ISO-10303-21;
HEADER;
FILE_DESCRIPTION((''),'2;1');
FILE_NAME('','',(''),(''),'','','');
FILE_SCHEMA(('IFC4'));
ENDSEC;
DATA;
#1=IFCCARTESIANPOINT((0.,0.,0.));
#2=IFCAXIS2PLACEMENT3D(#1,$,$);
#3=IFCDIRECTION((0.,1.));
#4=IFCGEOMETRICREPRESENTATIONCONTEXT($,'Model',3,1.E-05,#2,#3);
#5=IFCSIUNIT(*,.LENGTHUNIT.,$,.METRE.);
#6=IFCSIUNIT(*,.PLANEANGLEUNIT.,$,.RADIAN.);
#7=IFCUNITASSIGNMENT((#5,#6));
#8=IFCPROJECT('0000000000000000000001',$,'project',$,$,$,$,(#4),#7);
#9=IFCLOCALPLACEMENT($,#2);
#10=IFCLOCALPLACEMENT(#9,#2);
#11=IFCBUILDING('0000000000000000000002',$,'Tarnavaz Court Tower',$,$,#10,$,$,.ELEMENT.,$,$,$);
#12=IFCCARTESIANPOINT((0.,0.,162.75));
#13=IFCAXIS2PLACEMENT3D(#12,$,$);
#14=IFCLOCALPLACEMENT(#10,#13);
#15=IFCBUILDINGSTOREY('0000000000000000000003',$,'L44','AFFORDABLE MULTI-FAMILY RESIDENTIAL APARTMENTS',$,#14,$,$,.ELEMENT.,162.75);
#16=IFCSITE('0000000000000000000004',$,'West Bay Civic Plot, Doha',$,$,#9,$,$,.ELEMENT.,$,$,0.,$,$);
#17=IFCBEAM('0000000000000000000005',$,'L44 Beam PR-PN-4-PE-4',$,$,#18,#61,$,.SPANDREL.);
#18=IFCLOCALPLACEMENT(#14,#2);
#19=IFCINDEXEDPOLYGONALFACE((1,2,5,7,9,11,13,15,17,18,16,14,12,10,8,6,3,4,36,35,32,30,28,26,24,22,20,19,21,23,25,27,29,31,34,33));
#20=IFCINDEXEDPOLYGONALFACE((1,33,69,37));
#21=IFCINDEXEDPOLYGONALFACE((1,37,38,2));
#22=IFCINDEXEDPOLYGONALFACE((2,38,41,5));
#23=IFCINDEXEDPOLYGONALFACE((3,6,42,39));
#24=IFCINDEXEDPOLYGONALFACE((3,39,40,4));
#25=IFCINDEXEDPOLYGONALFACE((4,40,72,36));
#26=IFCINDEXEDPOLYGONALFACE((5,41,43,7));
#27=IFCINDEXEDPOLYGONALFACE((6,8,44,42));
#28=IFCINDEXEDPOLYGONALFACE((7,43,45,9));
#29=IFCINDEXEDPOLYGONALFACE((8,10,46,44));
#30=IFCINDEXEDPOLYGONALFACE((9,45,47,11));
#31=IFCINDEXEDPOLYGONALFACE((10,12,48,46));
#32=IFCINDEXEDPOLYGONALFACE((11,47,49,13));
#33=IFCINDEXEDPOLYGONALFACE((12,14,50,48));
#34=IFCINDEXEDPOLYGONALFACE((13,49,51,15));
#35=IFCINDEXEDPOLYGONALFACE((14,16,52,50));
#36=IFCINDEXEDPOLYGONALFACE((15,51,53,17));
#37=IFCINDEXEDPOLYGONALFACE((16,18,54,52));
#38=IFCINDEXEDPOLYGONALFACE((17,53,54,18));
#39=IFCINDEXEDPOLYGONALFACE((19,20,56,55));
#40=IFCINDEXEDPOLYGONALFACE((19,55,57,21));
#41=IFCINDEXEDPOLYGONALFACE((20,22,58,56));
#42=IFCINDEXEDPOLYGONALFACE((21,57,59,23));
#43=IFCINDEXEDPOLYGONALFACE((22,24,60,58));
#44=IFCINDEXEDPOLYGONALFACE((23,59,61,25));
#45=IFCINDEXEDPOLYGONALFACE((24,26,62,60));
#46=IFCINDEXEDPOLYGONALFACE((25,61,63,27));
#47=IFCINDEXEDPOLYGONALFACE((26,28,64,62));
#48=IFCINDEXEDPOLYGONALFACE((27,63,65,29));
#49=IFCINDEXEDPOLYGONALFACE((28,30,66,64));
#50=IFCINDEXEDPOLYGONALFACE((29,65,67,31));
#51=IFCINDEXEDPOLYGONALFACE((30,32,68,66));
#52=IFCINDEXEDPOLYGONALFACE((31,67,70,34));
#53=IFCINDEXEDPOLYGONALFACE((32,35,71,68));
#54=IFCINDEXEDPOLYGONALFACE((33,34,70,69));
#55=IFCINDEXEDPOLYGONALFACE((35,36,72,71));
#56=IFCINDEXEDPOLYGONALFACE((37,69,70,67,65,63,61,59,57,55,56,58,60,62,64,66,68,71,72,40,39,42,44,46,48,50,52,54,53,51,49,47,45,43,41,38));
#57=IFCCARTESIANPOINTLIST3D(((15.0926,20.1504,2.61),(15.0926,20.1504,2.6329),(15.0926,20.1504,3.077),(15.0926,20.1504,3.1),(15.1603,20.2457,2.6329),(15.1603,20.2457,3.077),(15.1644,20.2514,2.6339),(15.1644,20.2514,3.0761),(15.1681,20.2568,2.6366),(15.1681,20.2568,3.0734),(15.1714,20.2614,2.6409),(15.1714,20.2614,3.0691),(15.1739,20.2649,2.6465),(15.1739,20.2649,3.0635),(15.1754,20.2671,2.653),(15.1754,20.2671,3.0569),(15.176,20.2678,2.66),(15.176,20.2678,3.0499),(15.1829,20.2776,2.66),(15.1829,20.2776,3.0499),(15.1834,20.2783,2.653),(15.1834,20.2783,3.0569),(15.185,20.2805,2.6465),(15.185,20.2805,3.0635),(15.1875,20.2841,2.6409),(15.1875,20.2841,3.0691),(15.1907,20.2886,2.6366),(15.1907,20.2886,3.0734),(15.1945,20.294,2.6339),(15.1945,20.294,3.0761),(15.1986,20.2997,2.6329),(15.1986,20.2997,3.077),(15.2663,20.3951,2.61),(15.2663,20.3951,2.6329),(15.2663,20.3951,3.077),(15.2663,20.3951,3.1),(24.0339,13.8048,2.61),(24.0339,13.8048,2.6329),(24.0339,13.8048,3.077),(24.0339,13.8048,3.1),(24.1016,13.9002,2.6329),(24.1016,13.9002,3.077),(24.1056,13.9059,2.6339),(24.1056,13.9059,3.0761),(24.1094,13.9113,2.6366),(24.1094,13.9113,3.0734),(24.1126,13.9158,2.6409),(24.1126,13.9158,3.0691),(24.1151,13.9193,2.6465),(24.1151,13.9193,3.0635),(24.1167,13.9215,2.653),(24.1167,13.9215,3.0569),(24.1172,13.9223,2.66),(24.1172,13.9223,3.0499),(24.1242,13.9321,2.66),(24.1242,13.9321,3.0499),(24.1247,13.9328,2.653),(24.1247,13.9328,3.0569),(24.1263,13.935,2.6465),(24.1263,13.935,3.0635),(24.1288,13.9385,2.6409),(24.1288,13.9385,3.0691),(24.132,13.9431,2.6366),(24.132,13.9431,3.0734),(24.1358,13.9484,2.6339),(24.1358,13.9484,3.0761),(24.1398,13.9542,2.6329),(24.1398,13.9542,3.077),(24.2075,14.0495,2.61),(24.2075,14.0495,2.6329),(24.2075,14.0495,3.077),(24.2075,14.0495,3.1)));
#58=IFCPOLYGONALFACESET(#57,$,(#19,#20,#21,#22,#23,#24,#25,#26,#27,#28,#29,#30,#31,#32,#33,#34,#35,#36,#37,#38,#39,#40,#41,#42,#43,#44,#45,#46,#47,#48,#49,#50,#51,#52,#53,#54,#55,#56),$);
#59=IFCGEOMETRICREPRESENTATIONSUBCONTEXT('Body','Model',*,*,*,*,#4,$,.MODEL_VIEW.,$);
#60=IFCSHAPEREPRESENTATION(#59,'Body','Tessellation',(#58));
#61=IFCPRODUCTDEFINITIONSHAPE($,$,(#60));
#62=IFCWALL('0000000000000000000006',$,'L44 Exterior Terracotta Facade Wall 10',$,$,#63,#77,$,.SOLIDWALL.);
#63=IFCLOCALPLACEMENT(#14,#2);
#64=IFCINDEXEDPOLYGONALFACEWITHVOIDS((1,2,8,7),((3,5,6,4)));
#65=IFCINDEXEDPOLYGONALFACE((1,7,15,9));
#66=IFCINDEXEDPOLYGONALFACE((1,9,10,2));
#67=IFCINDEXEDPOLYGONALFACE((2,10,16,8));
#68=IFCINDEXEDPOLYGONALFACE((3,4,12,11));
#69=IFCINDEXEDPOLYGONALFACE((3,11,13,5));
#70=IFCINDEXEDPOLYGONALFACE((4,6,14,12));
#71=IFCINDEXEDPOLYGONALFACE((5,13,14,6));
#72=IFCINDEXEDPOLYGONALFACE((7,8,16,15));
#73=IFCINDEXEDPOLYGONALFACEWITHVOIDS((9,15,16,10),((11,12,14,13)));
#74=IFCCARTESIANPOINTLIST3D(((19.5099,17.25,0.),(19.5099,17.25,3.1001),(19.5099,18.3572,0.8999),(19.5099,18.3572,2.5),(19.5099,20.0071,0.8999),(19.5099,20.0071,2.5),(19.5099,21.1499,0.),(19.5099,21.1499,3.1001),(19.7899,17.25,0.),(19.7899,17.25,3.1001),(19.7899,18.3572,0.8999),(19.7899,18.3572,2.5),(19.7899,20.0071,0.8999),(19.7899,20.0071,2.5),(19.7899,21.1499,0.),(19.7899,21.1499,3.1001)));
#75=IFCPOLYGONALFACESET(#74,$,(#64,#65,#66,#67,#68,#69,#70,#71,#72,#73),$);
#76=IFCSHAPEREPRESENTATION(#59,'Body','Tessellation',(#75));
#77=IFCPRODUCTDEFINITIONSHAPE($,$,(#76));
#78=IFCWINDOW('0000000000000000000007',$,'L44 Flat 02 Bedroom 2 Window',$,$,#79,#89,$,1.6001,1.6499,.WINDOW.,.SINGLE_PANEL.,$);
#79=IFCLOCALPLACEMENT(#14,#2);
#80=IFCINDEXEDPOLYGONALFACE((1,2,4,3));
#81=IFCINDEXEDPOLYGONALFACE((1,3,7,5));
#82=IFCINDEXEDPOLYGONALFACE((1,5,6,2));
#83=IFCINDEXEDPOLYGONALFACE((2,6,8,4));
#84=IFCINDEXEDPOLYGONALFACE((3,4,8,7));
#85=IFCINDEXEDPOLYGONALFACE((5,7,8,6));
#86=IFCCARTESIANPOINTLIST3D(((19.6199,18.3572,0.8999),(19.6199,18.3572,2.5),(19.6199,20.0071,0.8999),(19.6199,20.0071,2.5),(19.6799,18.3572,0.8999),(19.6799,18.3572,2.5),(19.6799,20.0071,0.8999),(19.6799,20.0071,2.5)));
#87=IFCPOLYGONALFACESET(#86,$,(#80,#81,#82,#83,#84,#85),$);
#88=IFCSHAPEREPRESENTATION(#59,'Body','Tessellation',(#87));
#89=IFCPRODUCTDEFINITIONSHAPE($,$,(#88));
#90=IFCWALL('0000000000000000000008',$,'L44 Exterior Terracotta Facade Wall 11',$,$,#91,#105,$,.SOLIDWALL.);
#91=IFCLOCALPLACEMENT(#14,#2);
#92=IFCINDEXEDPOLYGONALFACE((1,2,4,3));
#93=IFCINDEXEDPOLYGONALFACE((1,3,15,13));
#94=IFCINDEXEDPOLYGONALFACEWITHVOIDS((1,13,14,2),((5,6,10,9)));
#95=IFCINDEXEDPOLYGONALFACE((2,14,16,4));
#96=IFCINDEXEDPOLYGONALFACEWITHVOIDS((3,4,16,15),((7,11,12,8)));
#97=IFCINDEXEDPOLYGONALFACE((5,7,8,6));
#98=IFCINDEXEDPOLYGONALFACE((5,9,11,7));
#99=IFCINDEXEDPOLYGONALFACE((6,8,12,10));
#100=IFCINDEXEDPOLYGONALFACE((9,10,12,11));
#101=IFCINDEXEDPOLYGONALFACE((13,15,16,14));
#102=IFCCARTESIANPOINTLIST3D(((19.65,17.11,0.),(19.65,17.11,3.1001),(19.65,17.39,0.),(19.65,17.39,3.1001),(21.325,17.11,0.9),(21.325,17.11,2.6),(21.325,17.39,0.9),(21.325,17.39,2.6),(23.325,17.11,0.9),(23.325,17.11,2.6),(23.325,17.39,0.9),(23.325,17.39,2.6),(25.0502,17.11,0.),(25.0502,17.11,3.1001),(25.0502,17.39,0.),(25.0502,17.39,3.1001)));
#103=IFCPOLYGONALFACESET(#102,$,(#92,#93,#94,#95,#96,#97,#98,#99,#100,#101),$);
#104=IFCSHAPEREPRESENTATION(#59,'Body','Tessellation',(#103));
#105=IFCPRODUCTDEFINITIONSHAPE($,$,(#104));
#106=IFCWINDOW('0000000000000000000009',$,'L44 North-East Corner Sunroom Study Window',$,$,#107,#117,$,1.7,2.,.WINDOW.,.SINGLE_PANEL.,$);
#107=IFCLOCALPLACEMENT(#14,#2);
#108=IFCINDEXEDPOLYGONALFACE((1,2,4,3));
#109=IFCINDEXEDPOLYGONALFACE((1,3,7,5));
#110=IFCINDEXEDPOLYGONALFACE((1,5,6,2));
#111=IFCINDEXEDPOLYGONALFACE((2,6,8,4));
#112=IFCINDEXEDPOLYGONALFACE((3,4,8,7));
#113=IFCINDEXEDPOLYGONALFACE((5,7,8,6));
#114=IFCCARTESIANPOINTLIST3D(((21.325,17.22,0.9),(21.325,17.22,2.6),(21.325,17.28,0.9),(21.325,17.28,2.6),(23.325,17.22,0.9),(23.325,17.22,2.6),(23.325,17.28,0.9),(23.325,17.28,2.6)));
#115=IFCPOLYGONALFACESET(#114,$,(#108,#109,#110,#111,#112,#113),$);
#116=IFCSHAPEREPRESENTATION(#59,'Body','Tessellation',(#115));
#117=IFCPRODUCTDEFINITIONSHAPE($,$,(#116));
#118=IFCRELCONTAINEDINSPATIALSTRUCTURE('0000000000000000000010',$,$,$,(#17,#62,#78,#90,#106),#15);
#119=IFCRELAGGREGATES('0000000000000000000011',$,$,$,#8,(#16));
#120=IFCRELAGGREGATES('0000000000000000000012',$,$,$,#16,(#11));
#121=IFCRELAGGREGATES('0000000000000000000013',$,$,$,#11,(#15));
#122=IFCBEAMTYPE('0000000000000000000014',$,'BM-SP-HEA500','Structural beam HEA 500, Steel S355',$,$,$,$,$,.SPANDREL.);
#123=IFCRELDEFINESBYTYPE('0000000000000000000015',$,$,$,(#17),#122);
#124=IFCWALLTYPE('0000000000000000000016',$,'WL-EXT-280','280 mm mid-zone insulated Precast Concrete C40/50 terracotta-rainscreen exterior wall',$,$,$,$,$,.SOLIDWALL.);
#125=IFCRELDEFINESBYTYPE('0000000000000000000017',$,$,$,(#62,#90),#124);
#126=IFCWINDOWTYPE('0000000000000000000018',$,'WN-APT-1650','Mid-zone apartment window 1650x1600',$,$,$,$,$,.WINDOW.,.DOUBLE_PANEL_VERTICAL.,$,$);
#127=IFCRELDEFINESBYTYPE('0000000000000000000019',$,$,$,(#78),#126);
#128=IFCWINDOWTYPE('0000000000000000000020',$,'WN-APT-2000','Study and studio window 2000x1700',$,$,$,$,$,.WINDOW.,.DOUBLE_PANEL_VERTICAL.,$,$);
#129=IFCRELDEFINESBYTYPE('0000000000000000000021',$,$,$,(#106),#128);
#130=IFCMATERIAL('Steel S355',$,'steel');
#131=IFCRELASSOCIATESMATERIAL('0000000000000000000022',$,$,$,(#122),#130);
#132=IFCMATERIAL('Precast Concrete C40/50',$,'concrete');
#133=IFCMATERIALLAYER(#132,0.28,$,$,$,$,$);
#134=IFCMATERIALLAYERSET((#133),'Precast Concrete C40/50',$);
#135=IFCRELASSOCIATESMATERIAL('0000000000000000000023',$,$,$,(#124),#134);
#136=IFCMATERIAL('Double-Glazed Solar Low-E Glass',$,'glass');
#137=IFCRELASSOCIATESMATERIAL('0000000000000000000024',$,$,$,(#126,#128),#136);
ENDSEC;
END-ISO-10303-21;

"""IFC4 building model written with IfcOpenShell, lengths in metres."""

from ifc_helpers import new_model, si_unit, direction, frame, frame_2d, origin, origin_2d, place, context, subcontext, project, spatial, rectangle, i_section, extrude, material, layer, layer_set, material_profile, profile_set, type_object, element, fill, save


model = new_model("IFC4")

# Units and contexts
model_context = context("Model", 3, precision=1e-05, world=origin(), true_north=direction((0.0, 1.0)))
body_context = subcontext(model_context, "Body", "Model", "MODEL_VIEW")
ifc_project = project(units=[si_unit("LENGTHUNIT", "METRE"), si_unit("PLANEANGLEUNIT", "RADIAN")], contexts=[model_context])

# Site, building, storey
site_placement = place(None, origin())
site = spatial("IfcSite", under=ifc_project, at=site_placement, Name="West Bay Civic Plot, Doha", CompositionType="ELEMENT", RefElevation=0.0)
building_placement = place(site_placement, origin())
building = spatial("IfcBuilding", under=site, at=building_placement, Name="Tarnavaz Court Tower", CompositionType="ELEMENT")
storey_placement = place(building_placement, frame((0.0, 0.0, 162.75)))
storey = spatial("IfcBuildingStorey", under=building, at=storey_placement, Name="L44", Description="AFFORDABLE MULTI-FAMILY RESIDENTIAL APARTMENTS", CompositionType="ELEMENT", Elevation=162.75)

# Beam
ifc_material_1 = material(Name="Steel S355", Category="steel")
ifc_material_profile_1 = material_profile(ifc_material_1, i_section(OverallWidth=0.3, OverallDepth=0.49, WebThickness=0.012, FlangeThickness=0.0229, FilletRadius=0.0271, at=origin_2d()), Name="HEA 500")
ifc_profile_set_1 = profile_set([ifc_material_profile_1], Name="Steel S355")
beam_type_1 = type_object("IfcBeamType", Name="BM-SP-HEA500", Description="Structural beam HEA 500, Steel S355", PredefinedType="SPANDREL", material=ifc_profile_set_1)
beam_1_placement = place(storey_placement, frame((15.1794, 20.2727, 2.855), z_axis=(0.815502, -0.578754, 0.0), x_axis=(0.578754, 0.815502, 0.0)))
element("IfcBeam", 1, at=beam_1_placement, inside=storey, type_object=beam_type_1, Name="L44 Beam PR-PN-4-PE-4", PredefinedType="SPANDREL", context=body_context, shape_type="SweptSolid", body=[
    extrude(i_section(OverallWidth=0.3, OverallDepth=0.49, WebThickness=0.012, FlangeThickness=0.0229, FilletRadius=0.0271, at=origin_2d()), origin(), (0.0, 0.0, 1.0), 10.9641),
])

# Walls, openings, windows
ifc_material_2 = material(Name="Precast Concrete C40/50", Category="concrete")
ifc_layer_1 = layer(ifc_material_2, 0.28)
ifc_layer_set_1 = layer_set([ifc_layer_1], Name="Precast Concrete C40/50")
wall_type_1 = type_object("IfcWallType", Name="WL-EXT-280", Description="280 mm mid-zone insulated Precast Concrete C40/50 terracotta-rainscreen exterior wall", PredefinedType="SOLIDWALL", material=ifc_layer_set_1)
wall_1_placement = place(storey_placement, frame((19.6499, 21.1499, 0.0), z_axis=(0.0, 0.0, 1.0), x_axis=(0.0, -1.0, 0.0)))
wall_1 = element("IfcWall", 2, at=wall_1_placement, inside=storey, type_object=wall_type_1, Name="L44 Exterior Terracotta Facade Wall 10", PredefinedType="SOLIDWALL", context=body_context, shape_type="SweptSolid", body=[
    extrude(rectangle(XDim=3.8999, YDim=0.28, at=frame_2d((1.95, 0.0))), origin(), (0.0, 0.0, 1.0), 3.1001),
])
opening_1_placement = place(wall_1_placement, frame((1.1428, 0.0, 0.8999)))
opening_1 = element("IfcOpeningElement", 3, at=opening_1_placement, cuts=wall_1, PredefinedType="OPENING", context=body_context, shape_type="SweptSolid", body=[
    extrude(rectangle(XDim=1.6499, YDim=1.6001, at=frame_2d((0.825, 0.8))), frame((0.0, 0.1499, 0.0), z_axis=(0.0, -1.0, 0.0), x_axis=(1.0, 0.0, 0.0)), (0.0, 0.0, 1.0), 0.3),
])
ifc_material_3 = material(Name="Double-Glazed Solar Low-E Glass", Category="glass")
window_type_1 = type_object("IfcWindowType", Name="WN-APT-1650", Description="Mid-zone apartment window 1650x1600", PartitioningType="DOUBLE_PANEL_VERTICAL", PredefinedType="WINDOW", material=ifc_material_3)
window_1_placement = place(opening_1_placement, origin())
window_1 = element("IfcWindow", 4, at=window_1_placement, inside=storey, type_object=window_type_1, Name="L44 Flat 02 Bedroom 2 Window", OverallHeight=1.6001, OverallWidth=1.6499, PartitioningType="SINGLE_PANEL", PredefinedType="WINDOW", context=body_context, shape_type="SweptSolid", body=[
    extrude(rectangle(XDim=1.6499, YDim=1.6001, at=frame_2d((0.825, 0.8))), frame((0.0, 0.03, 0.0), z_axis=(0.0, -1.0, 0.0), x_axis=(1.0, 0.0, 0.0)), (0.0, 0.0, 1.0), 0.0601),
])
fill(opening_1, window_1)
wall_2_placement = place(storey_placement, frame((19.6499, 17.25, 0.0), z_axis=(0.0, 0.0, 1.0), x_axis=(1.0, 0.0, 0.0)))
wall_2 = element("IfcWall", 5, at=wall_2_placement, inside=storey, type_object=wall_type_1, Name="L44 Exterior Terracotta Facade Wall 11", PredefinedType="SOLIDWALL", context=body_context, shape_type="SweptSolid", body=[
    extrude(rectangle(XDim=5.4001, YDim=0.28, at=frame_2d((2.7002, 0.0))), origin(), (0.0, 0.0, 1.0), 3.1001),
])
opening_2_placement = place(wall_2_placement, frame((1.675, 0.0, 0.8999)))
opening_2 = element("IfcOpeningElement", 6, at=opening_2_placement, cuts=wall_2, PredefinedType="OPENING", context=body_context, shape_type="SweptSolid", body=[
    extrude(rectangle(XDim=2.0, YDim=1.7, at=frame_2d((1.0, 0.8501))), frame((0.0, 0.1499, 0.0), z_axis=(0.0, -1.0, 0.0), x_axis=(1.0, 0.0, 0.0)), (0.0, 0.0, 1.0), 0.3),
])
window_type_2 = type_object("IfcWindowType", Name="WN-APT-2000", Description="Study and studio window 2000x1700", PartitioningType="DOUBLE_PANEL_VERTICAL", PredefinedType="WINDOW", material=ifc_material_3)
window_2_placement = place(opening_2_placement, origin())
window_2 = element("IfcWindow", 7, at=window_2_placement, inside=storey, type_object=window_type_2, Name="L44 North-East Corner Sunroom Study Window", OverallHeight=1.7, OverallWidth=2.0, PartitioningType="SINGLE_PANEL", PredefinedType="WINDOW", context=body_context, shape_type="SweptSolid", body=[
    extrude(rectangle(XDim=2.0, YDim=1.7, at=frame_2d((1.0, 0.8501))), frame((0.0, 0.03, 0.0), z_axis=(0.0, -1.0, 0.0), x_axis=(1.0, 0.0, 0.0)), (0.0, 0.0, 1.0), 0.0601),
])
fill(opening_2, window_2)

save(model, "model.ifc")
